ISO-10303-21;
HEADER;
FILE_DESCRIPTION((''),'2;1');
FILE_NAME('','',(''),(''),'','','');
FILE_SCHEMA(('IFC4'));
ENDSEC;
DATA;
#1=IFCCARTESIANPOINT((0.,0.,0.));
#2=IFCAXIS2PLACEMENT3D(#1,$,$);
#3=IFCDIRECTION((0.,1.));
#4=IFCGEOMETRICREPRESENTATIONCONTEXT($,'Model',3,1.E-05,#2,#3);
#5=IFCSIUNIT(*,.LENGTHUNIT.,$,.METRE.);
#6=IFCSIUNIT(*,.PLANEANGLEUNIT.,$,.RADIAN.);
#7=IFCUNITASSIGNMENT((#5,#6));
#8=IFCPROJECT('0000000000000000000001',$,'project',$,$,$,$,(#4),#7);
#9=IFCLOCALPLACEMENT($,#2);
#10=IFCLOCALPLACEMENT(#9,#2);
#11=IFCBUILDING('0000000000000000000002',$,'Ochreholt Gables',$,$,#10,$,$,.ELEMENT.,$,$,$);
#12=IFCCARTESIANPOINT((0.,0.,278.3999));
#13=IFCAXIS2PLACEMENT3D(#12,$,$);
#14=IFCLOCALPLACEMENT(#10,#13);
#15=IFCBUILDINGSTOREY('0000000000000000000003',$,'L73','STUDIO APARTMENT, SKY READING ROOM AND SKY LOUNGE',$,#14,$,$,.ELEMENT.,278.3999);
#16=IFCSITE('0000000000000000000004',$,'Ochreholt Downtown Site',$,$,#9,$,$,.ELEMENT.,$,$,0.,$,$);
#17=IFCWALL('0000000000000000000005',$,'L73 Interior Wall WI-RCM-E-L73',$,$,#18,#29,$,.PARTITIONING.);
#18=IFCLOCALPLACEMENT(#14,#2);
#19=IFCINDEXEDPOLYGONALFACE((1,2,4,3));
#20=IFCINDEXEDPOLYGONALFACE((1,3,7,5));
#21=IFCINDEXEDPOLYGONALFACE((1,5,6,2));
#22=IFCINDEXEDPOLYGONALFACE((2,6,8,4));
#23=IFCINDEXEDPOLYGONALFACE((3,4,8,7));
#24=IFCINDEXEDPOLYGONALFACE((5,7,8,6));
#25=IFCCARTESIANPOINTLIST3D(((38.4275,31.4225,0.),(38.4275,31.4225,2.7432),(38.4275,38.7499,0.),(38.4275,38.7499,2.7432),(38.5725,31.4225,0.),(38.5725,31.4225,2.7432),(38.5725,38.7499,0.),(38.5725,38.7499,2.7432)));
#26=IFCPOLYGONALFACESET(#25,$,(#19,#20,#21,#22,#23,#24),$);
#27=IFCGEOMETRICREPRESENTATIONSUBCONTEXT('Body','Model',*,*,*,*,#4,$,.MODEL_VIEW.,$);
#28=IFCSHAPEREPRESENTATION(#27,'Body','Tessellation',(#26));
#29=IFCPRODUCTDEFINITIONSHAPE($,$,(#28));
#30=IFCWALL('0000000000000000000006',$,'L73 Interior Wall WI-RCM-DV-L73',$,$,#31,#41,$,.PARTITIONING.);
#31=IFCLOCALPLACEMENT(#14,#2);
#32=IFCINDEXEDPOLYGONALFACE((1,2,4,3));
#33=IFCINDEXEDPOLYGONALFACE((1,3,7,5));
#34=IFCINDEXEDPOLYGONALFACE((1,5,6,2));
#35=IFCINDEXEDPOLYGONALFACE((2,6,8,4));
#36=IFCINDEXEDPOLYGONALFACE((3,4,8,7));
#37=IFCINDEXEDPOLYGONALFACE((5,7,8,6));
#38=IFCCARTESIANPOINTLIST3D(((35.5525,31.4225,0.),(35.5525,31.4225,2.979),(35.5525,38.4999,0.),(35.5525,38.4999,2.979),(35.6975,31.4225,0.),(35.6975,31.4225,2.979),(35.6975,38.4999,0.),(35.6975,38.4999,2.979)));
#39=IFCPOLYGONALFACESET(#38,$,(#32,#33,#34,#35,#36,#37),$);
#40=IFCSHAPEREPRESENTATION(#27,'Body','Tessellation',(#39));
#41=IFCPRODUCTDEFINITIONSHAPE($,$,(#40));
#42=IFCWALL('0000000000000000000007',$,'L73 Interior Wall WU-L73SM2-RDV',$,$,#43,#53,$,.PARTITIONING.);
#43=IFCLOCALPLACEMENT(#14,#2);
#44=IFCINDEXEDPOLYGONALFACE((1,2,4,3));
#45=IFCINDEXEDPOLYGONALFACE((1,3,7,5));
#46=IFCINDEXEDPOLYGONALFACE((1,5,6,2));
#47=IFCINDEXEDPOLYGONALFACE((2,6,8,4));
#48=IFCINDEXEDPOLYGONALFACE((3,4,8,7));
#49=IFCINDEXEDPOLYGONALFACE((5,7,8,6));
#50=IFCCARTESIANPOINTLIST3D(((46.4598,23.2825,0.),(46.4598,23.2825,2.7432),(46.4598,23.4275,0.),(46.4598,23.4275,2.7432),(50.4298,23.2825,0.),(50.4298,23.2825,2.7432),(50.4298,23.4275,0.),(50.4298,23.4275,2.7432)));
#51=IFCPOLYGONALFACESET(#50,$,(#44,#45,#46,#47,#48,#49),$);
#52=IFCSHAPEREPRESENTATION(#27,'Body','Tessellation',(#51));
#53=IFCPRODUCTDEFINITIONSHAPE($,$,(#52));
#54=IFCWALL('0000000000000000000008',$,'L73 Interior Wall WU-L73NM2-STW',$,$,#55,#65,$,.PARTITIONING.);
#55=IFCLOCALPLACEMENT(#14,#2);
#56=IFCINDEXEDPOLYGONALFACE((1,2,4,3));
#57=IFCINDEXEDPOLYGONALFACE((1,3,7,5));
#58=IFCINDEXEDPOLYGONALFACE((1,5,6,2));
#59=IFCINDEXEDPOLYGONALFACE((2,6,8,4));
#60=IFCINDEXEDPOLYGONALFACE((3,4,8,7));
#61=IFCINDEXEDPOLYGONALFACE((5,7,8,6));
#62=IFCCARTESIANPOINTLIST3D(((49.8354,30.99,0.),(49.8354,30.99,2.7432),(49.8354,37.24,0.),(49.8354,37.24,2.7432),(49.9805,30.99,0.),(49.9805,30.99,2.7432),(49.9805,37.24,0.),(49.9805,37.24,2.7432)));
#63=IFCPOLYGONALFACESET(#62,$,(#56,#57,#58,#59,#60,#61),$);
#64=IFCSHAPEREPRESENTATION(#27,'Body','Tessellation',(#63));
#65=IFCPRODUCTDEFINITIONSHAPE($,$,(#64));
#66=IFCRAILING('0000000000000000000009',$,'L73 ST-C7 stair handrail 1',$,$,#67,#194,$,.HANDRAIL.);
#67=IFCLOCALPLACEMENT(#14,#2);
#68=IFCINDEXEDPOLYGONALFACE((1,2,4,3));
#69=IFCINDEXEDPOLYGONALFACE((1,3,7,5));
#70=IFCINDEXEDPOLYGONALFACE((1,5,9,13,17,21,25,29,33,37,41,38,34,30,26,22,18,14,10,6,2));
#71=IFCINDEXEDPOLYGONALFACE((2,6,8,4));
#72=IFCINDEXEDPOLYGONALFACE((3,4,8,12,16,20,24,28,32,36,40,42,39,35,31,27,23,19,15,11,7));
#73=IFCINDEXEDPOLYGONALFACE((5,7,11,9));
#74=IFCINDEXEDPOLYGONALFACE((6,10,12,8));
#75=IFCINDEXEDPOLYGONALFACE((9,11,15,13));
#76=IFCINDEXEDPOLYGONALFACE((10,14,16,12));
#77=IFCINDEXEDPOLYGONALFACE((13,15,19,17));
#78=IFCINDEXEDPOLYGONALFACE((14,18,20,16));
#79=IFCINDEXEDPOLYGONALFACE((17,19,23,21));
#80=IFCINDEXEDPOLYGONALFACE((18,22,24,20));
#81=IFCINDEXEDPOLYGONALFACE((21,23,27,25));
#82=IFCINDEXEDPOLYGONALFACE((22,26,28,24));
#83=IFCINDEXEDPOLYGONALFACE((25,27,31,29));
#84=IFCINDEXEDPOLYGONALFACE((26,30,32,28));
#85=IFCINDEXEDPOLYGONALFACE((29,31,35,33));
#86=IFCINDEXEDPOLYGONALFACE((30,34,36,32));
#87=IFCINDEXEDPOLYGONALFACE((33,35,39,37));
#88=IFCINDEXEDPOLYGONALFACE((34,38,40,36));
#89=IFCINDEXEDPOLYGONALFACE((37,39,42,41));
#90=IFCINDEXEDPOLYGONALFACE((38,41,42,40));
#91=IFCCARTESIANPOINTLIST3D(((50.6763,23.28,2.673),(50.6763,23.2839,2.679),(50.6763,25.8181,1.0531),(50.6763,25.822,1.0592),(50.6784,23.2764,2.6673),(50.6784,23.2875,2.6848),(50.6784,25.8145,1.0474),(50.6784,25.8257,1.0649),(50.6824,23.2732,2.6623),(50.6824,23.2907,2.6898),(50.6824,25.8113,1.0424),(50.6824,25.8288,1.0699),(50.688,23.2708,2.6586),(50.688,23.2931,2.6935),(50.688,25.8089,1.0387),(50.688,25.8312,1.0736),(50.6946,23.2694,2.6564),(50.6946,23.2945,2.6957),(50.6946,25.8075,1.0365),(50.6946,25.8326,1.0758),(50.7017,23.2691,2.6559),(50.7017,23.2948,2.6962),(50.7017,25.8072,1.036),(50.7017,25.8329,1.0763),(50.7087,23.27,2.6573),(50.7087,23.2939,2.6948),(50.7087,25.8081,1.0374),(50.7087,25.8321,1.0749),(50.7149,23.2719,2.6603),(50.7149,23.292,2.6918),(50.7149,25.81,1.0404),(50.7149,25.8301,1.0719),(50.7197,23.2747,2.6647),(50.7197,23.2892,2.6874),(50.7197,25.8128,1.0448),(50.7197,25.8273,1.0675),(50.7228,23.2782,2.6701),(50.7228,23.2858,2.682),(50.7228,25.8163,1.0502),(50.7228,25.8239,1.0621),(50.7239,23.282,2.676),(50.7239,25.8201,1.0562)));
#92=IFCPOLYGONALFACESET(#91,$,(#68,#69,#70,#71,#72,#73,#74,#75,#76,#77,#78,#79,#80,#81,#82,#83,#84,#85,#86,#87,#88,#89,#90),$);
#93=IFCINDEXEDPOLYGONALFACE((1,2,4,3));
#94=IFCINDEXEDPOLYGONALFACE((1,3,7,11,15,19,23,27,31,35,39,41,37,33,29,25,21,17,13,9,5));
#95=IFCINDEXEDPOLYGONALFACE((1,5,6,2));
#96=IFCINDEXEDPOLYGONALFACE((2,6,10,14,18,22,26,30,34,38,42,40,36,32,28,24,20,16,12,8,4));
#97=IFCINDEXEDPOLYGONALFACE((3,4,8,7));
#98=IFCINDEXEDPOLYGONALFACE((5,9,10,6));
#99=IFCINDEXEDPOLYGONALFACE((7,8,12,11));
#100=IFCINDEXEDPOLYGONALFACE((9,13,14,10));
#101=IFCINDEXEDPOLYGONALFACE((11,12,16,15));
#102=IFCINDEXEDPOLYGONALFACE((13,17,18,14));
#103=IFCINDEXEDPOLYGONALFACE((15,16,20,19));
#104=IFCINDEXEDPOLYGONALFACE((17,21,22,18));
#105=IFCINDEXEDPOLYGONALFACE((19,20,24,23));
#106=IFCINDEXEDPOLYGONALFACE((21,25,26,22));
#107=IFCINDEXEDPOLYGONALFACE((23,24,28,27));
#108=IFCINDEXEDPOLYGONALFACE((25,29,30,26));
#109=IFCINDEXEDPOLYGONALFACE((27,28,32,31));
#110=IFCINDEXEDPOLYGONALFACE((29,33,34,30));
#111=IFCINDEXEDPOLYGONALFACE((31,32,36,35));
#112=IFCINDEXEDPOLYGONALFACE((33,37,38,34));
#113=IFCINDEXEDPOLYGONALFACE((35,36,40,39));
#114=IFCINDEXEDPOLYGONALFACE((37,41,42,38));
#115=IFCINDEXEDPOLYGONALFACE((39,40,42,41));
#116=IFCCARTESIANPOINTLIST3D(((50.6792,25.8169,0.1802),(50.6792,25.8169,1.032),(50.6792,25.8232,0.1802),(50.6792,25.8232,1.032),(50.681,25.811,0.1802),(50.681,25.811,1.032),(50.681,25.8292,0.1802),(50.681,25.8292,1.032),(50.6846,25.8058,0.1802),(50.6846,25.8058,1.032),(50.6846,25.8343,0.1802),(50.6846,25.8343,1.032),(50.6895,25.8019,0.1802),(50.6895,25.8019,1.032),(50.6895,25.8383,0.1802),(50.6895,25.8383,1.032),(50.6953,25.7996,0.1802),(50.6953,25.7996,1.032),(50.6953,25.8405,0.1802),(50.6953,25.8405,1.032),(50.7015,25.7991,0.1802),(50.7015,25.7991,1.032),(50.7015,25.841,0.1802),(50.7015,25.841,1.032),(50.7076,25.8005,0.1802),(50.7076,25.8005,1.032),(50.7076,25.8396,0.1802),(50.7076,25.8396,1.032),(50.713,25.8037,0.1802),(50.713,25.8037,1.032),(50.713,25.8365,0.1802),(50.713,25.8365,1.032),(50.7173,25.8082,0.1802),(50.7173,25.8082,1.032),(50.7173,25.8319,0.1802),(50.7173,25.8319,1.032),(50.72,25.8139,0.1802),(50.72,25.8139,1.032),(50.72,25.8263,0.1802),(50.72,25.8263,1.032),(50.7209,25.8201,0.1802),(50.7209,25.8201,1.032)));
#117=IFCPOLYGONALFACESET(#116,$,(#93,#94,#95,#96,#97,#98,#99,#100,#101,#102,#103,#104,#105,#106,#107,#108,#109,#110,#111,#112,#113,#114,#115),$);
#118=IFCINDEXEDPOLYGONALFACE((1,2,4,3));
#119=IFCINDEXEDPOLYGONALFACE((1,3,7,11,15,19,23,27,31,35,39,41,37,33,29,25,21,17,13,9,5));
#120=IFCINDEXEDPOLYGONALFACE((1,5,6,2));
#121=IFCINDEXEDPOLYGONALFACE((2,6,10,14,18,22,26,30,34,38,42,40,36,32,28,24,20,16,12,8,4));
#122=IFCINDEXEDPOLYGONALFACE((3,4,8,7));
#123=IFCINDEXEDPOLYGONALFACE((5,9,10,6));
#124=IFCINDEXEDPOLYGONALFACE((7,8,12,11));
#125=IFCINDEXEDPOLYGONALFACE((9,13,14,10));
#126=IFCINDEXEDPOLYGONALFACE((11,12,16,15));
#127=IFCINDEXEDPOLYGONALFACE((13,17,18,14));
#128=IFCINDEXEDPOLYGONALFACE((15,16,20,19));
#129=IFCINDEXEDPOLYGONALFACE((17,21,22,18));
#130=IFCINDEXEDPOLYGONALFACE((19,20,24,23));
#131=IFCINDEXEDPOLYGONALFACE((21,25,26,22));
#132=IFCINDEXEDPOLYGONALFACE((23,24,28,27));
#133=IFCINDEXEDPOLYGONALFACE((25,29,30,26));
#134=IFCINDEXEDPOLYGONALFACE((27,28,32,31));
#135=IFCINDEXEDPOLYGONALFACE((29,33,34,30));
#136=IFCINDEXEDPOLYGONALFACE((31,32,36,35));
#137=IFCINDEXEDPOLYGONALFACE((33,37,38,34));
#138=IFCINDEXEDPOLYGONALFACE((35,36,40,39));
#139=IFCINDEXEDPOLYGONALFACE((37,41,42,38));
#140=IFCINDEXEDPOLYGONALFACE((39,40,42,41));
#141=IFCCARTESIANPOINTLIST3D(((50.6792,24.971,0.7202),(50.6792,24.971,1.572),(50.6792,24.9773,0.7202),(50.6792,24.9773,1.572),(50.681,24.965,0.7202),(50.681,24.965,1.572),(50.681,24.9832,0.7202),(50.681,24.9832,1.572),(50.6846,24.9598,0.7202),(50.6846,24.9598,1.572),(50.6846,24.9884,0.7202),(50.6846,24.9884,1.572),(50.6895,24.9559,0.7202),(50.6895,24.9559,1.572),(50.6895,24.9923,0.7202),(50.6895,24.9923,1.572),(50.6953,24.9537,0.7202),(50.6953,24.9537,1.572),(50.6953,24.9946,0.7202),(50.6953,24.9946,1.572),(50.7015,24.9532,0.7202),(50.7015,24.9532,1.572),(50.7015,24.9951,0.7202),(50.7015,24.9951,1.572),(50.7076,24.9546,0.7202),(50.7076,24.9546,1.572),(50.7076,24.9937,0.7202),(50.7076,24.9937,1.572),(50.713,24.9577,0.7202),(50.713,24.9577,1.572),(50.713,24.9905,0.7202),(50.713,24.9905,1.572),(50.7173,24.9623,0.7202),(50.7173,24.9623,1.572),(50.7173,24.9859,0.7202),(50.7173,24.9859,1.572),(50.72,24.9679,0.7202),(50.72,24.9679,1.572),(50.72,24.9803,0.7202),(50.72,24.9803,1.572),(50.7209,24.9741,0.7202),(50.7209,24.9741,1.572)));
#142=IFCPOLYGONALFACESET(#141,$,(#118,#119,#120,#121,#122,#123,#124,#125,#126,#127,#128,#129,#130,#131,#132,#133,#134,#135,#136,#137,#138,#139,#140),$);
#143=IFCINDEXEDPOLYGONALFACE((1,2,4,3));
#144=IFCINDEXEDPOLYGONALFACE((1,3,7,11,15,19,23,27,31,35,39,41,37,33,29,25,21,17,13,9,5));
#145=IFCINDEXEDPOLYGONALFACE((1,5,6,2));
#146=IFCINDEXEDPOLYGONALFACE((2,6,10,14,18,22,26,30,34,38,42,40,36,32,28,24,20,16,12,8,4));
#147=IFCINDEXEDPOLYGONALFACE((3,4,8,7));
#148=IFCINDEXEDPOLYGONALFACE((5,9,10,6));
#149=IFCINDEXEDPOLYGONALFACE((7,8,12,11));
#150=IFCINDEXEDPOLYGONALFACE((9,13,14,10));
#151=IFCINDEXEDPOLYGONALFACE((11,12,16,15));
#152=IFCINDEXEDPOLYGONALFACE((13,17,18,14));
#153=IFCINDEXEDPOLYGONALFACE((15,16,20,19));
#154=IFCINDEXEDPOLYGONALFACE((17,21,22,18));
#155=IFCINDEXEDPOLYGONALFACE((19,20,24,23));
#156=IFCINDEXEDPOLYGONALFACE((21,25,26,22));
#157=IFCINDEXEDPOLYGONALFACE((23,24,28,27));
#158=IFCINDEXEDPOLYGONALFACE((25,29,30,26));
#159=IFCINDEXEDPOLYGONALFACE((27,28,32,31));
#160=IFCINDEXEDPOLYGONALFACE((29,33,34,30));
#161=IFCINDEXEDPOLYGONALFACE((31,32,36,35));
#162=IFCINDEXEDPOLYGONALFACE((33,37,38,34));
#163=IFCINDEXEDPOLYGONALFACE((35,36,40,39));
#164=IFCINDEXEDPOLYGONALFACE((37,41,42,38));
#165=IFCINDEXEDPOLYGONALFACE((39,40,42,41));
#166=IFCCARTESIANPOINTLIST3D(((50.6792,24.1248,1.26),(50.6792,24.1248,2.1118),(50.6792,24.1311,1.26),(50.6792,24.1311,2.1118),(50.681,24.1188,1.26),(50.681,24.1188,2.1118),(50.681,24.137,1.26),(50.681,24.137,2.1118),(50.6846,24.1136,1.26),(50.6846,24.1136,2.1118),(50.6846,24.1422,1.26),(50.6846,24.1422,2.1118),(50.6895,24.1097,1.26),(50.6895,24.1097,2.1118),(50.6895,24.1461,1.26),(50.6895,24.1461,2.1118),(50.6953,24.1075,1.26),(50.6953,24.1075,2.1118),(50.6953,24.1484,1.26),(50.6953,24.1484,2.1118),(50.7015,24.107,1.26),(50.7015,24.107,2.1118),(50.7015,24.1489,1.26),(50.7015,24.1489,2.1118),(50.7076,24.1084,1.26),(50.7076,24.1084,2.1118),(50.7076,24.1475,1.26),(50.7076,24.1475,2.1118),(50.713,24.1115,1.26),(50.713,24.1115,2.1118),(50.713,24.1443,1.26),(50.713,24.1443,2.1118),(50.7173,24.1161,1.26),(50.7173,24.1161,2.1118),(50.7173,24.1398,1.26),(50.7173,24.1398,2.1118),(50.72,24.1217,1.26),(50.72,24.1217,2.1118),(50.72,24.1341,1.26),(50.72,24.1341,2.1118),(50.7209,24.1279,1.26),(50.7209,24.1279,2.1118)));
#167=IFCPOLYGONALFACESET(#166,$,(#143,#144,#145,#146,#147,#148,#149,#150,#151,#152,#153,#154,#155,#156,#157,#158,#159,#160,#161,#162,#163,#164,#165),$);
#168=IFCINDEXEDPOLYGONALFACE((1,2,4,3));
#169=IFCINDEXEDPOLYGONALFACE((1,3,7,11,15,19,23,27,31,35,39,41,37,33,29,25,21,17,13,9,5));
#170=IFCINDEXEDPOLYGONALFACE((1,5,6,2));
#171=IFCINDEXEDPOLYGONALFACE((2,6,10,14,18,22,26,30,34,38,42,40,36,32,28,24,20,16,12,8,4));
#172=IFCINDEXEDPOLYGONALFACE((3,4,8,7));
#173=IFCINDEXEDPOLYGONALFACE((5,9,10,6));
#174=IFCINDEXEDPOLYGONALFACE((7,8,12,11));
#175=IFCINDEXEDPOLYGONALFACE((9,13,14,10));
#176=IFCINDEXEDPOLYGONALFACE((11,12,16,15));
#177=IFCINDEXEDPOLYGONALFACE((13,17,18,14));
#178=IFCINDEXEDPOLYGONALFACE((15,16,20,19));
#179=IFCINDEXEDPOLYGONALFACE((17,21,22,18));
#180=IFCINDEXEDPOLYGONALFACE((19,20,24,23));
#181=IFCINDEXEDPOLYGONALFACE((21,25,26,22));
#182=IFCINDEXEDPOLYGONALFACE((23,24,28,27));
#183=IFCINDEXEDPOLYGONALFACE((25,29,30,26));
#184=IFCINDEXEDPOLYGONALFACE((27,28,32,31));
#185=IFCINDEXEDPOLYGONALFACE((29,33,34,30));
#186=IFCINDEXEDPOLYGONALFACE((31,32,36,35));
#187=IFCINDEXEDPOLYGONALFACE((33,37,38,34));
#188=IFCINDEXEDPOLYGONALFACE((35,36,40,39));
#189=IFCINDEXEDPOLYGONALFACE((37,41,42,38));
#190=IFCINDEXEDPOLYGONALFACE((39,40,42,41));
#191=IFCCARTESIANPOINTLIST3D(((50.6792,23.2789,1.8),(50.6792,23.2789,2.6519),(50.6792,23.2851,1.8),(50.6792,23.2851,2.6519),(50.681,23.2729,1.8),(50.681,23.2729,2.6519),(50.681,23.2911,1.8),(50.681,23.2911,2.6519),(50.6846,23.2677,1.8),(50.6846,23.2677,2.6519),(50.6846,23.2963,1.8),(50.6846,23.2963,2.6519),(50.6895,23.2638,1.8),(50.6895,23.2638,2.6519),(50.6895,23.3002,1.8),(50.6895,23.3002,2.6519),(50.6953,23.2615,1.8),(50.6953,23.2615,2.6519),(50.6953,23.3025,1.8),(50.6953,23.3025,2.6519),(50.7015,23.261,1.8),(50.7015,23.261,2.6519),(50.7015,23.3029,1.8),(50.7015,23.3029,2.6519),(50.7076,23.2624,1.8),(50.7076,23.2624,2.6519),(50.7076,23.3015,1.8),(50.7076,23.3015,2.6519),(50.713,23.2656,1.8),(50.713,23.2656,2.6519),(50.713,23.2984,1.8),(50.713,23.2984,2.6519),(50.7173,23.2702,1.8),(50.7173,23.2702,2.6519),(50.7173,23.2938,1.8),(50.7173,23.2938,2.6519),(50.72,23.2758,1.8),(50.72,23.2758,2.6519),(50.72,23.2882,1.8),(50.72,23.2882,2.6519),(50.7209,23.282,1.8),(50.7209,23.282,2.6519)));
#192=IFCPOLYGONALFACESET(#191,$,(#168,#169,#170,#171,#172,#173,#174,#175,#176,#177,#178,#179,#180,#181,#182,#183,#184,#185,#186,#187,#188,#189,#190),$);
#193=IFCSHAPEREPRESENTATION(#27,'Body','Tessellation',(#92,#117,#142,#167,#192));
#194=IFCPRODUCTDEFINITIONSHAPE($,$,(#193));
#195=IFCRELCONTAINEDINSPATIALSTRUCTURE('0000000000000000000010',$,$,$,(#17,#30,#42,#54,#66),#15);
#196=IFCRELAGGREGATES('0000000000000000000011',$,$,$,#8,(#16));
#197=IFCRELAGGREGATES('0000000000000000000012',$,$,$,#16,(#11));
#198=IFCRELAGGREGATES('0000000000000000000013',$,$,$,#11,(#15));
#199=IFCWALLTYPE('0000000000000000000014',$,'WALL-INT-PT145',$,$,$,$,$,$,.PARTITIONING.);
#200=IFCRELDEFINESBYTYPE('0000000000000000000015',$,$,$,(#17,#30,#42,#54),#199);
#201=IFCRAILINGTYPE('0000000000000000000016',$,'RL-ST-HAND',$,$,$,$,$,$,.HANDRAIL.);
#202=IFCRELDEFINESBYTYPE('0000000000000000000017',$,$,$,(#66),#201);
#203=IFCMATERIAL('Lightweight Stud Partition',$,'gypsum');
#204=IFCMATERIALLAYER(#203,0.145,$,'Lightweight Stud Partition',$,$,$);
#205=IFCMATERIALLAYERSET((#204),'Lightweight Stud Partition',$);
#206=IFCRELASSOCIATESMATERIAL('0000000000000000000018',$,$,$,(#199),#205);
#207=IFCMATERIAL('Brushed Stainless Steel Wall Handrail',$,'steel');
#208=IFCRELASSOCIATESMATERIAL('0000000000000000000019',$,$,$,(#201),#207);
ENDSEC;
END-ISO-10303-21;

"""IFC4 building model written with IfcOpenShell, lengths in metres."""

from ifc_helpers import new_model, si_unit, direction, frame, frame_2d, origin, origin_2d, place, context, subcontext, project, spatial, rectangle, circle, extrude, material, layer, layer_set, type_object, element, save


model = new_model("IFC4")

# Units and contexts
model_context = context("Model", 3, precision=1e-05, world=origin(), true_north=direction((0.0, 1.0)))
body_context = subcontext(model_context, "Body", "Model", "MODEL_VIEW")
ifc_project = project(units=[si_unit("LENGTHUNIT", "METRE"), si_unit("PLANEANGLEUNIT", "RADIAN")], contexts=[model_context])

# Site, building, storey
site_placement = place(None, origin())
site = spatial("IfcSite", under=ifc_project, at=site_placement, Name="Ochreholt Downtown Site", CompositionType="ELEMENT", RefElevation=0.0)
building_placement = place(site_placement, origin())
building = spatial("IfcBuilding", under=site, at=building_placement, Name="Ochreholt Gables", CompositionType="ELEMENT")
storey_placement = place(building_placement, frame((0.0, 0.0, 278.3999)))
storey = spatial("IfcBuildingStorey", under=building, at=storey_placement, Name="L73", Description="STUDIO APARTMENT, SKY READING ROOM AND SKY LOUNGE", CompositionType="ELEMENT", Elevation=278.3999)

# Walls
ifc_material_1 = material(Name="Lightweight Stud Partition", Category="gypsum")
ifc_layer_1 = layer(ifc_material_1, 0.145, Name="Lightweight Stud Partition")
ifc_layer_set_1 = layer_set([ifc_layer_1], Name="Lightweight Stud Partition")
wall_type_1 = type_object("IfcWallType", Name="WALL-INT-PT145", PredefinedType="PARTITIONING", material=ifc_layer_set_1)
wall_1_placement = place(storey_placement, frame((38.5, 31.4226, 0.0), z_axis=(0.0, 0.0, 1.0), x_axis=(0.0, 1.0, 0.0)))
element("IfcWall", 1, at=wall_1_placement, inside=storey, type_object=wall_type_1, Name="L73 Interior Wall WI-RCM-E-L73", PredefinedType="PARTITIONING", context=body_context, shape_type="SweptSolid", body=[
    extrude(rectangle(XDim=7.3274, YDim=0.145, at=frame_2d((3.6636, 0.0))), origin(), (0.0, 0.0, 1.0), 2.7432),
])
wall_2_placement = place(storey_placement, frame((35.625, 31.4226, 0.0), z_axis=(0.0, 0.0, 1.0), x_axis=(0.0, 1.0, 0.0)))
element("IfcWall", 2, at=wall_2_placement, inside=storey, type_object=wall_type_1, Name="L73 Interior Wall WI-RCM-DV-L73", PredefinedType="PARTITIONING", context=body_context, shape_type="SweptSolid", body=[
    extrude(rectangle(XDim=7.0774, YDim=0.145, at=frame_2d((3.5386, 0.0))), origin(), (0.0, 0.0, 1.0), 2.979),
])
wall_3_placement = place(storey_placement, frame((46.46, 23.355, 0.0), z_axis=(0.0, 0.0, 1.0), x_axis=(1.0, 0.0, 0.0)))
element("IfcWall", 3, at=wall_3_placement, inside=storey, type_object=wall_type_1, Name="L73 Interior Wall WU-L73SM2-RDV", PredefinedType="PARTITIONING", context=body_context, shape_type="SweptSolid", body=[
    extrude(rectangle(XDim=3.97, YDim=0.145, at=frame_2d((1.9849, 0.0))), origin(), (0.0, 0.0, 1.0), 2.7432),
])
wall_4_placement = place(storey_placement, frame((49.908, 30.99, 0.0), z_axis=(0.0, 0.0, 1.0), x_axis=(0.0, 1.0, 0.0)))
element("IfcWall", 4, at=wall_4_placement, inside=storey, type_object=wall_type_1, Name="L73 Interior Wall WU-L73NM2-STW", PredefinedType="PARTITIONING", context=body_context, shape_type="SweptSolid", body=[
    extrude(rectangle(XDim=6.25, YDim=0.145, at=frame_2d((3.125, 0.0))), origin(), (0.0, 0.0, 1.0), 2.7432),
])

# Railing
ifc_material_2 = material(Name="Brushed Stainless Steel Wall Handrail", Category="steel")
railing_type = type_object("IfcRailingType", Name="RL-ST-HAND", PredefinedType="HANDRAIL", material=ifc_material_2)
railing_placement = place(storey_placement, frame((50.7, 25.8201, 0.1802)))
element("IfcRailing", 5, at=railing_placement, inside=storey, type_object=railing_type, Name="L73 ST-C7 stair handrail 1", PredefinedType="HANDRAIL", context=body_context, shape_type="SweptSolid", body=[
    extrude(circle(Radius=0.0239, at=origin_2d()), frame((0.0, 0.0, 0.876), z_axis=(0.0, -0.84295, 0.537993), x_axis=(1.0, 0.0, 0.0)), (0.0, 0.0, 1.0), 3.011),
    extrude(circle(Radius=0.021, at=origin_2d()), origin(), (0.0, 0.0, 1.0), 0.8518),
    extrude(circle(Radius=0.021, at=origin_2d()), frame((0.0, -0.8459, 0.54)), (0.0, 0.0, 1.0), 0.8518),
    extrude(circle(Radius=0.021, at=origin_2d()), frame((0.0, -1.6921, 1.0798)), (0.0, 0.0, 1.0), 0.8518),
    extrude(circle(Radius=0.021, at=origin_2d()), frame((0.0, -2.5381, 1.6199)), (0.0, 0.0, 1.0), 0.8518),
])

save(model, "model.ifc")
